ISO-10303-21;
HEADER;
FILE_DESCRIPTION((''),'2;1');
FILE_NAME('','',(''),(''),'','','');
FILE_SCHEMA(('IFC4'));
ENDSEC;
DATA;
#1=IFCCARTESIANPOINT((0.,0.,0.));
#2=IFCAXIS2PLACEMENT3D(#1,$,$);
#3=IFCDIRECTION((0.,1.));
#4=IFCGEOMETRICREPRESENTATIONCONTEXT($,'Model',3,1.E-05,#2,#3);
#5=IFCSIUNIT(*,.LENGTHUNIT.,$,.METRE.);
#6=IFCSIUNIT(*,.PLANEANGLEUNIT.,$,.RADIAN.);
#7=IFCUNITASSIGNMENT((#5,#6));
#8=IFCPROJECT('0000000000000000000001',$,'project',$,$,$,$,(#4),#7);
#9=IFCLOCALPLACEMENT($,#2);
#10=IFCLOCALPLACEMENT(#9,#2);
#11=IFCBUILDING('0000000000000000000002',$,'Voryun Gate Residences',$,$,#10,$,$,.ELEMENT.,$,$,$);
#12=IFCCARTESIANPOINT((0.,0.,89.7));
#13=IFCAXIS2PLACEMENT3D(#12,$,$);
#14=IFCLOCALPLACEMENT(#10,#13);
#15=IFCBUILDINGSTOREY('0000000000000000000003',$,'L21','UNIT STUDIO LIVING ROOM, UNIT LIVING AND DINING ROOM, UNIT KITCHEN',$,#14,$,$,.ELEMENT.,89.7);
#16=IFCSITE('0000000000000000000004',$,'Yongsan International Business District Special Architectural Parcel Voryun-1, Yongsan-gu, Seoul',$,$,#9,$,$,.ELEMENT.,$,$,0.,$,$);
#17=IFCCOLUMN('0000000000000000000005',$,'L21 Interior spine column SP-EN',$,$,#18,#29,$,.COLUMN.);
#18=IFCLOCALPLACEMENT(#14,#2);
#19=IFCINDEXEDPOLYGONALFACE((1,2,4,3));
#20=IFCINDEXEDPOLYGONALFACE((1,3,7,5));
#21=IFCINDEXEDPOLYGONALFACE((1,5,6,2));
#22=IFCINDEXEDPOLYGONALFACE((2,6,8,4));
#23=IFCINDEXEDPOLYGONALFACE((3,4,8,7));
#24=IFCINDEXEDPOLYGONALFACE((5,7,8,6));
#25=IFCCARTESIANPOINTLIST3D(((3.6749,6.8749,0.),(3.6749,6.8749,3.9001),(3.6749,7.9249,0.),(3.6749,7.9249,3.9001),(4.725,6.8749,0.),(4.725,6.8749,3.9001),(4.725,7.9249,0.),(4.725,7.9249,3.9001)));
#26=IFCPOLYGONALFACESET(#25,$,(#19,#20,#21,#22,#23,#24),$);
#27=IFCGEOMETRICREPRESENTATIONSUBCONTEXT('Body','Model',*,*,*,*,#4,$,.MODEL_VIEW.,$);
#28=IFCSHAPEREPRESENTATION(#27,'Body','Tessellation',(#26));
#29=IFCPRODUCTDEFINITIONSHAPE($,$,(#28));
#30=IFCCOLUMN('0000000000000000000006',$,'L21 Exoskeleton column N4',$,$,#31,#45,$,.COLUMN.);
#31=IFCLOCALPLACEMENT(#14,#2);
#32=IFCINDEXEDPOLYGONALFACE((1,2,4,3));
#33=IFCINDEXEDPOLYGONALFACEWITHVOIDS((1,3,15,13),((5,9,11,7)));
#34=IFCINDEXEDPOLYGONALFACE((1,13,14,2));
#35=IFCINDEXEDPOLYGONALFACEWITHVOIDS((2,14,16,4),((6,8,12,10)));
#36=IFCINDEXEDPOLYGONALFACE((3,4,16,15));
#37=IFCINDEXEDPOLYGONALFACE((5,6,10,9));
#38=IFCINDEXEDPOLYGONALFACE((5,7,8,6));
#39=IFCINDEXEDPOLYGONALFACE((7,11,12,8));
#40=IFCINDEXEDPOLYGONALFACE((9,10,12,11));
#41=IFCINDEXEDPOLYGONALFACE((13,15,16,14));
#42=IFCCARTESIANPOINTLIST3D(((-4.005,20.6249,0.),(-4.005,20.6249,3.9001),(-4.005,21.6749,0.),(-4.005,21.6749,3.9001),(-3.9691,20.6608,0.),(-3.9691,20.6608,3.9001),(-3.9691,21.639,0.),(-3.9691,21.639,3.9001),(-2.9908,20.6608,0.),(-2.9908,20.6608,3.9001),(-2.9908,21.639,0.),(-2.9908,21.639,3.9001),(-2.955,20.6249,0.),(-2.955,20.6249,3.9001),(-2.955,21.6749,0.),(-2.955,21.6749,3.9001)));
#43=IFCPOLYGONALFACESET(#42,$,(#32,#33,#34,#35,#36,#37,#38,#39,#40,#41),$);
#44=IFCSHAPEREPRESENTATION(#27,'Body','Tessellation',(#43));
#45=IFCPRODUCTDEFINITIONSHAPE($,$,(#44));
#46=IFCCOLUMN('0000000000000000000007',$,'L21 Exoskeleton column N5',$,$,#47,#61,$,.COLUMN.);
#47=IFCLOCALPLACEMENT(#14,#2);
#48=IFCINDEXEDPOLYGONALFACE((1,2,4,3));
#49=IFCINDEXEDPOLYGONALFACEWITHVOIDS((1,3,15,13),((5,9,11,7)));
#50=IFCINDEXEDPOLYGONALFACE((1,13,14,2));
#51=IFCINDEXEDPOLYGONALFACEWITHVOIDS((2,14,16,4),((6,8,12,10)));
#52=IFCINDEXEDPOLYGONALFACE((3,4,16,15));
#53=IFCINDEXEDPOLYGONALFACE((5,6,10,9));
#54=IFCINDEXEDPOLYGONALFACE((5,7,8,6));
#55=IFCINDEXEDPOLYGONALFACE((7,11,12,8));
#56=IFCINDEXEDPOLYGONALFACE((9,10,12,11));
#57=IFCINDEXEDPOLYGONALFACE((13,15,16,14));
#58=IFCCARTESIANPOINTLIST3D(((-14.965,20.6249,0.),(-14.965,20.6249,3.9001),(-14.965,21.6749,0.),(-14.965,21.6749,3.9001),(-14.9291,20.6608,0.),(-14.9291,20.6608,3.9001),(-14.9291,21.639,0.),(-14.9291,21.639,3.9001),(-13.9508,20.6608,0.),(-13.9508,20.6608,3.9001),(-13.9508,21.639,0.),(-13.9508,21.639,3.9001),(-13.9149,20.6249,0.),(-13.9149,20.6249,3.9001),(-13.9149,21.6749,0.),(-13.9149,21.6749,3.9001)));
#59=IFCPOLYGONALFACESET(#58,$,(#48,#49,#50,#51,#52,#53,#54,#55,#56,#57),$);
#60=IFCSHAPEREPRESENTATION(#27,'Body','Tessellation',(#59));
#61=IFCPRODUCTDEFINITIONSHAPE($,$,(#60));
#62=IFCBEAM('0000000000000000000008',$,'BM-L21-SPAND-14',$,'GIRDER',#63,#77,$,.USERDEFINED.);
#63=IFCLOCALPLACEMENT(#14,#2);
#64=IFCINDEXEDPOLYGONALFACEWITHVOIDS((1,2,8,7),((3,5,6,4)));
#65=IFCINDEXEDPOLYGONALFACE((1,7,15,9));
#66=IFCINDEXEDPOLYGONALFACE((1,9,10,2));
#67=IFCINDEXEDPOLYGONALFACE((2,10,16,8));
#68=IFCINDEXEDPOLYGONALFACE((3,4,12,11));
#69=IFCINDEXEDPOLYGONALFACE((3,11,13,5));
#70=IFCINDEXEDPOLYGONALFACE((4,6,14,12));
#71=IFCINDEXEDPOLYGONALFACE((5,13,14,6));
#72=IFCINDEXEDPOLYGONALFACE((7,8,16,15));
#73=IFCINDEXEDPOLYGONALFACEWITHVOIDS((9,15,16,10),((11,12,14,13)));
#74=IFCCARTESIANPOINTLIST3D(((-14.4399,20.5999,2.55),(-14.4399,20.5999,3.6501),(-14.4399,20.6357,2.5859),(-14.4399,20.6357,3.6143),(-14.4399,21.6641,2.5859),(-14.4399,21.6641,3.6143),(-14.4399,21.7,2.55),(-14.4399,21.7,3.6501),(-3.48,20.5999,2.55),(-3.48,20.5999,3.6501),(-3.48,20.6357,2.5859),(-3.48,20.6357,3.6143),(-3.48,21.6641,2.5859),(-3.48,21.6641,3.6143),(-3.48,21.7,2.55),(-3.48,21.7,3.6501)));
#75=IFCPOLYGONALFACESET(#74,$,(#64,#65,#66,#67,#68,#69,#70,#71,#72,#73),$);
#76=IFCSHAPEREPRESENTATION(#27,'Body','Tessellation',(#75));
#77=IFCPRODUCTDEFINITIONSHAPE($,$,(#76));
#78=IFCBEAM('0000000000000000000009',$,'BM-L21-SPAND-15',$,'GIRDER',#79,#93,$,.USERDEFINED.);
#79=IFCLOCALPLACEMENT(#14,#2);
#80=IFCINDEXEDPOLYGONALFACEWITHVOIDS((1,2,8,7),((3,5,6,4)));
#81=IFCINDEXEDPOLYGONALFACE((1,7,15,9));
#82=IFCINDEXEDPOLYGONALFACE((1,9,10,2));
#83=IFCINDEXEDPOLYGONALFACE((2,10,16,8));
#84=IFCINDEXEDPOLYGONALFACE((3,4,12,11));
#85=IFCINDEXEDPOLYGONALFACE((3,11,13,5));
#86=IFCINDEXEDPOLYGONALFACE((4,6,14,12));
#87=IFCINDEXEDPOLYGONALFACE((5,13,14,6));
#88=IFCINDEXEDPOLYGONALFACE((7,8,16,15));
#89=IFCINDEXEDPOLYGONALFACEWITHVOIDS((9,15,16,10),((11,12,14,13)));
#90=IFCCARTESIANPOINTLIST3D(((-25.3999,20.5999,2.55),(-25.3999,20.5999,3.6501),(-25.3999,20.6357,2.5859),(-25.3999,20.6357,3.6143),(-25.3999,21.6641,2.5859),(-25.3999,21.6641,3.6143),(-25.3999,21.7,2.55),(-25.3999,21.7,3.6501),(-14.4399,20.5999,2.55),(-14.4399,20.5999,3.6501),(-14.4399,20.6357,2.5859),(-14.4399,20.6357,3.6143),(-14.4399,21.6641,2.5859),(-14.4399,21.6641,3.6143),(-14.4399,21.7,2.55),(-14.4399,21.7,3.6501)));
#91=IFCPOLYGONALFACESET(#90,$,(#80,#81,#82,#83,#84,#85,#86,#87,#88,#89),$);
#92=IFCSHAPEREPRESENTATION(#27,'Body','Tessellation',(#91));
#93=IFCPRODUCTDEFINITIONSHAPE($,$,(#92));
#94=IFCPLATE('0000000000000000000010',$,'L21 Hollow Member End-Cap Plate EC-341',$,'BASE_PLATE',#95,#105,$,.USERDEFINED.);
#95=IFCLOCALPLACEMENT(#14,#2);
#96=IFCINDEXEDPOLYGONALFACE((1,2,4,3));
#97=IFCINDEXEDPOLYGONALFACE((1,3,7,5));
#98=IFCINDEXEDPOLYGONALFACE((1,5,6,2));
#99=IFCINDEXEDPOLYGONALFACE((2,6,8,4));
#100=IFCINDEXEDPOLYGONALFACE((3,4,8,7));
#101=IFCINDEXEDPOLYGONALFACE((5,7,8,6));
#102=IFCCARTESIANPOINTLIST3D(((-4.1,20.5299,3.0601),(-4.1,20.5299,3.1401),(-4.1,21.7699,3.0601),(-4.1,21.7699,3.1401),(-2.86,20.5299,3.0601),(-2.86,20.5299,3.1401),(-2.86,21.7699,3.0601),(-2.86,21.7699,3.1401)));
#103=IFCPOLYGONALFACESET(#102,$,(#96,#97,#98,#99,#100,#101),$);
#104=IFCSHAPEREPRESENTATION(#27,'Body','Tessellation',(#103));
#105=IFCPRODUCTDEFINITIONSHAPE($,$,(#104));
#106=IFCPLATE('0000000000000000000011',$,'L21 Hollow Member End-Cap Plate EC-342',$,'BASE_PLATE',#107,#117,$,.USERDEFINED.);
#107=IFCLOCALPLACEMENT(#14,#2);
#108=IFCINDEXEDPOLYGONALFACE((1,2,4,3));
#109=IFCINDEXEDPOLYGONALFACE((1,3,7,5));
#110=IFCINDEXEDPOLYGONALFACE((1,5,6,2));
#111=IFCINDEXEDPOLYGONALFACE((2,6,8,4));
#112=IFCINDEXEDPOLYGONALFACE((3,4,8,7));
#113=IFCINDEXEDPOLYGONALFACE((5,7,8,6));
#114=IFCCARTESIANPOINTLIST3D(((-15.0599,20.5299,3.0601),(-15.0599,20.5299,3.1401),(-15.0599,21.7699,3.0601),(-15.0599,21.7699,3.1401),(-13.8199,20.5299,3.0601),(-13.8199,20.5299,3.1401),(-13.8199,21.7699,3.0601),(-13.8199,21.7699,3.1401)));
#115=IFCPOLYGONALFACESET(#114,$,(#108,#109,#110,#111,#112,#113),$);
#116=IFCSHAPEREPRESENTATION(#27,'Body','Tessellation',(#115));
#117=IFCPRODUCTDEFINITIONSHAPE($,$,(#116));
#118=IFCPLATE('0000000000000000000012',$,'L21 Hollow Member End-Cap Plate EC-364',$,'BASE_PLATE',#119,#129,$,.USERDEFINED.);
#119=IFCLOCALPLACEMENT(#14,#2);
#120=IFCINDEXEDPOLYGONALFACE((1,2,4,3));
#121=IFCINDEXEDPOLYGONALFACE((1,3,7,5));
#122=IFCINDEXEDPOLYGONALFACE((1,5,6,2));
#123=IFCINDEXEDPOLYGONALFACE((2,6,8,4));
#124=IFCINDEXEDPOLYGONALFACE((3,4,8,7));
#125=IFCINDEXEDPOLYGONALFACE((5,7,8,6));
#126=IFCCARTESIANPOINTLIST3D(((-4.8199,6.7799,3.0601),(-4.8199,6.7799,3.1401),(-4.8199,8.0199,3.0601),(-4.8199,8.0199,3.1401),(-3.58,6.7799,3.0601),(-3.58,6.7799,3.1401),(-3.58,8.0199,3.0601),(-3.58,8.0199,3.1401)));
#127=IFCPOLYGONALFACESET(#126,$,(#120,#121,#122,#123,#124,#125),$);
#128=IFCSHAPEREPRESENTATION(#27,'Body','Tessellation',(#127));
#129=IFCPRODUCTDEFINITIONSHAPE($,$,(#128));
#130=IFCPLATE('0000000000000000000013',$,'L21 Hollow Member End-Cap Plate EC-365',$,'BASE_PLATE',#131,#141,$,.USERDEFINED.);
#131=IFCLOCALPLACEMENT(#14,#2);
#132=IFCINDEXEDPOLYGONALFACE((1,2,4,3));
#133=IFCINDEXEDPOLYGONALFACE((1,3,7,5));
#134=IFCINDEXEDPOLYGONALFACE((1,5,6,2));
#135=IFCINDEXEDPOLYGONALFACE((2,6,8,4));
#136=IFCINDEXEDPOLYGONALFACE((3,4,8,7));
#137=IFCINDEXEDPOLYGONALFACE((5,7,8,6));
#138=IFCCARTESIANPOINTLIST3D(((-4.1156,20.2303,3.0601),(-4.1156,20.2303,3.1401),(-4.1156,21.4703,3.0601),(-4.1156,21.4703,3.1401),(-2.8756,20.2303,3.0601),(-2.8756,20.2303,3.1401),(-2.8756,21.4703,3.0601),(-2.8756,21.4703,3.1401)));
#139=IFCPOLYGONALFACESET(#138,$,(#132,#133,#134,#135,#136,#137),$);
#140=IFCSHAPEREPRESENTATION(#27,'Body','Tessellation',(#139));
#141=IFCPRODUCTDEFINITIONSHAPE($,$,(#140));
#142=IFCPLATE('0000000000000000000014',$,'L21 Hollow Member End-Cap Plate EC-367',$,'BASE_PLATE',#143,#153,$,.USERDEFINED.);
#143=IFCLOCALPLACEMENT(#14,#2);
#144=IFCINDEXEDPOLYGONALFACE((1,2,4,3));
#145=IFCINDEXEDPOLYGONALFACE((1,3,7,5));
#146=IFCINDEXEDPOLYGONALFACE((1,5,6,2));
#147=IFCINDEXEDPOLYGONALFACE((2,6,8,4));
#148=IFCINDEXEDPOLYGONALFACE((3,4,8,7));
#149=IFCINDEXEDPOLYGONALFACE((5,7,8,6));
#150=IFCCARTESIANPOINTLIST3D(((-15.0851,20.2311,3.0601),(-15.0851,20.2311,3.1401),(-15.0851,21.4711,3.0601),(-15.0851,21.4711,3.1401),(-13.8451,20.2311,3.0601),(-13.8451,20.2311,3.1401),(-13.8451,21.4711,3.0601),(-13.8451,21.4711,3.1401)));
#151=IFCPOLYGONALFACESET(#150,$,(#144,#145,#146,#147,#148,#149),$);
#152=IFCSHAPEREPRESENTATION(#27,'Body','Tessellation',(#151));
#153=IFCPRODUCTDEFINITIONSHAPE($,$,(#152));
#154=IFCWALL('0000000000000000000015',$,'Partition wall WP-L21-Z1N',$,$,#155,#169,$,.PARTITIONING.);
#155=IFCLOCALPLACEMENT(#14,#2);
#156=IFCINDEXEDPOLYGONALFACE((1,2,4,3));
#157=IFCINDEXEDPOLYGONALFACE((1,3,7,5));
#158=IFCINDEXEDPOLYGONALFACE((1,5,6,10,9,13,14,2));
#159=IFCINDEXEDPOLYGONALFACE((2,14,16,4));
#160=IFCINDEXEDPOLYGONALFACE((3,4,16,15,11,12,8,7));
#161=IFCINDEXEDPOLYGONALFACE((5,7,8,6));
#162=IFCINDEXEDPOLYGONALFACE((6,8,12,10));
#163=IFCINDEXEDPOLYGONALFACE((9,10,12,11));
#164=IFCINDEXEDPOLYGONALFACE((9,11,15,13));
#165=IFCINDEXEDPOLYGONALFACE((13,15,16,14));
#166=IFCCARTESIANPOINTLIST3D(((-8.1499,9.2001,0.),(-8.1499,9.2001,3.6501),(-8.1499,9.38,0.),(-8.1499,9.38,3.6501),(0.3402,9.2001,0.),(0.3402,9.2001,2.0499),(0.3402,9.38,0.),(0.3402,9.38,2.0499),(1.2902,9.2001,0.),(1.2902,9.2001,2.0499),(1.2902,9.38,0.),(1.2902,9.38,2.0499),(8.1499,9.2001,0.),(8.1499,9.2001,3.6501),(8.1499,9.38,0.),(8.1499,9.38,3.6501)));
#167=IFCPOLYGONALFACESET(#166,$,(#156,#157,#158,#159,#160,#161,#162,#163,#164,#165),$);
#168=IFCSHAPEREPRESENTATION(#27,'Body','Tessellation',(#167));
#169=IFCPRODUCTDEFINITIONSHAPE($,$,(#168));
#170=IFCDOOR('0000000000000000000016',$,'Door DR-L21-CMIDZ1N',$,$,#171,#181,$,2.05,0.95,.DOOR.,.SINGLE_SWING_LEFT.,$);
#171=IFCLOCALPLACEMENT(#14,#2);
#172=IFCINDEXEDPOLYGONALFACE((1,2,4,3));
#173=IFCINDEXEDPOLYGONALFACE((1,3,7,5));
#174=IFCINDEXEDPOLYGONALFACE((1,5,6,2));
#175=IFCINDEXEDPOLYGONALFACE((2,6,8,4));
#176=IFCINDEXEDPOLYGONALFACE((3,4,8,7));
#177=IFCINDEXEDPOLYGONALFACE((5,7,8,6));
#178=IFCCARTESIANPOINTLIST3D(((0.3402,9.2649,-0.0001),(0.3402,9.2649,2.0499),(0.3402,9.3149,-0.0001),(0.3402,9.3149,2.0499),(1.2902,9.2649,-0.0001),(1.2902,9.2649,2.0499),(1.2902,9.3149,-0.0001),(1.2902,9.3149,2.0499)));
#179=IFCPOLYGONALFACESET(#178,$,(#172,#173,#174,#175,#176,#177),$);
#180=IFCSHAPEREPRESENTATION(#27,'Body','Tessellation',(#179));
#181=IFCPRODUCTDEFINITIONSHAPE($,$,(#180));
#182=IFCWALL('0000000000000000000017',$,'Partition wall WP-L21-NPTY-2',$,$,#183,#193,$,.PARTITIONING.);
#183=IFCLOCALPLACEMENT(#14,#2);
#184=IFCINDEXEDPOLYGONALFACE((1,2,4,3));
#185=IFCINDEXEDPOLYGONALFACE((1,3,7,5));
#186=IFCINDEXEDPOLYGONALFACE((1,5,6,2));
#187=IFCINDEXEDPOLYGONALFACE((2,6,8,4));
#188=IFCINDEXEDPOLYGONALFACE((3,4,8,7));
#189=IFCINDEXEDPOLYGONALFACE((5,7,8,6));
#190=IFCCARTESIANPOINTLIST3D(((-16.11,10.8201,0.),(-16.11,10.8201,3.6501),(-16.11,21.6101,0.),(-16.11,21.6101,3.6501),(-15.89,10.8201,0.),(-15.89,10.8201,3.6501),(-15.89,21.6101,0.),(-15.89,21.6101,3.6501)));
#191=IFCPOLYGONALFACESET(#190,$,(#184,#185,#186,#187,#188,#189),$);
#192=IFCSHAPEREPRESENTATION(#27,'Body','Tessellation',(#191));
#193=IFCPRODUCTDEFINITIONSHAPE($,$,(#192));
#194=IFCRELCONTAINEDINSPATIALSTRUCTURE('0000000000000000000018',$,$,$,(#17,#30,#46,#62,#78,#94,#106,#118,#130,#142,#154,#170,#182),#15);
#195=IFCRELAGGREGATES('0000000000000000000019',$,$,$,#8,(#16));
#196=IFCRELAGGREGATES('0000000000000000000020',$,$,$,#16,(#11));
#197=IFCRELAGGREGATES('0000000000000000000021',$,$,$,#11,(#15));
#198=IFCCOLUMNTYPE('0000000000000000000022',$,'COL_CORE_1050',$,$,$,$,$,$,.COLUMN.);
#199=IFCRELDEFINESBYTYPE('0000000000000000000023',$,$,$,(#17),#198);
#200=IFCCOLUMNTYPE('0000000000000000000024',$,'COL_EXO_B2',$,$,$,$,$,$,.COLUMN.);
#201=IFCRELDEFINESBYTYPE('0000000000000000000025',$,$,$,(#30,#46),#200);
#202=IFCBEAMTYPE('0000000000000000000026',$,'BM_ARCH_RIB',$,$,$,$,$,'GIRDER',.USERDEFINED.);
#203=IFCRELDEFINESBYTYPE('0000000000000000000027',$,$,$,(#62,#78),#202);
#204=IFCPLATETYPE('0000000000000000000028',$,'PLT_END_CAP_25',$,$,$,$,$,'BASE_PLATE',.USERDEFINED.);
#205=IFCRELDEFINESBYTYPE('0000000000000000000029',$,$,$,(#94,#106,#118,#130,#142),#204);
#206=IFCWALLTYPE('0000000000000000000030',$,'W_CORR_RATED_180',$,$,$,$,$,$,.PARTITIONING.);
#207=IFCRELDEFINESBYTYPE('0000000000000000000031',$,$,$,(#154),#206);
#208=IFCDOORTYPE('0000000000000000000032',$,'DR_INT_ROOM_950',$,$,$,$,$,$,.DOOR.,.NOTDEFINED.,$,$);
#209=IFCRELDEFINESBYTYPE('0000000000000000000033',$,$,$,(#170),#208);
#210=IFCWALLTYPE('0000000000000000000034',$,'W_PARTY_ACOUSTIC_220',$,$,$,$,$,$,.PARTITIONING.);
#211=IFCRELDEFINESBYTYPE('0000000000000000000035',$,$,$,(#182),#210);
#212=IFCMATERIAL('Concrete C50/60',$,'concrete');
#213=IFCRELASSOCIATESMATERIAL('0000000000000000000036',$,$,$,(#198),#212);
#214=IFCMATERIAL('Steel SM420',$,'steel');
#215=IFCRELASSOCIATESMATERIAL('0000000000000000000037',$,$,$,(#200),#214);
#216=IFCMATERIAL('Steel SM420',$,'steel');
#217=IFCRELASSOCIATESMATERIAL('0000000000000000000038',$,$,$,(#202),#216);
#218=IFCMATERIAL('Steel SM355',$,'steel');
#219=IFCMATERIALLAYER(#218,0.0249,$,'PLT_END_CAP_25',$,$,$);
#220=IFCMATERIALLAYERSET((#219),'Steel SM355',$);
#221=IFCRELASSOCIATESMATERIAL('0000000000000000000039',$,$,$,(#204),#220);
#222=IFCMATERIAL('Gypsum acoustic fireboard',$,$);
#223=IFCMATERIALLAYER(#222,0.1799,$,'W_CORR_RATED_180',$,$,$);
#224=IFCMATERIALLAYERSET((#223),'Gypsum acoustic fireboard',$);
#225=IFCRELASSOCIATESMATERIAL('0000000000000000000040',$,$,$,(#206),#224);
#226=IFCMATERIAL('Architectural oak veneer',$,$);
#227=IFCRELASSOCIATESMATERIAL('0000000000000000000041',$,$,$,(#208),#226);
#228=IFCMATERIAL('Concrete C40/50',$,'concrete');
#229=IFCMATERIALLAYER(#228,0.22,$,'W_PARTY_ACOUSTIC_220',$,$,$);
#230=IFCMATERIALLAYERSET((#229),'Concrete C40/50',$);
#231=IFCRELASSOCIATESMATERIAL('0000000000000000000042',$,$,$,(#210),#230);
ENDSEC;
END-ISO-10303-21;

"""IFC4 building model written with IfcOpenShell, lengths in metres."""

from ifc_helpers import new_model, si_unit, direction, frame, frame_2d, origin, origin_2d, place, context, subcontext, project, spatial, rectangle, hollow_rectangle, extrude, material, layer, layer_set, material_profile, profile_set, type_object, element, fill, save


model = new_model("IFC4")

# Units and contexts
model_context = context("Model", 3, precision=1e-05, world=origin(), true_north=direction((0.0, 1.0)))
body_context = subcontext(model_context, "Body", "Model", "MODEL_VIEW")
ifc_project = project(units=[si_unit("LENGTHUNIT", "METRE"), si_unit("PLANEANGLEUNIT", "RADIAN")], contexts=[model_context])

# Site, building, storey
site_placement = place(None, origin())
site = spatial("IfcSite", under=ifc_project, at=site_placement, Name="Yongsan International Business District Special Architectural Parcel Voryun-1, Yongsan-gu, Seoul", CompositionType="ELEMENT", RefElevation=0.0)
building_placement = place(site_placement, origin())
building = spatial("IfcBuilding", under=site, at=building_placement, Name="Voryun Gate Residences", CompositionType="ELEMENT")
storey_placement = place(building_placement, frame((0.0, 0.0, 89.7)))
storey = spatial("IfcBuildingStorey", under=building, at=storey_placement, Name="L21", Description="UNIT STUDIO LIVING ROOM, UNIT LIVING AND DINING ROOM, UNIT KITCHEN", CompositionType="ELEMENT", Elevation=89.7)

# Columns
ifc_material_1 = material(Name="Concrete C50/60", Category="concrete")
ifc_material_profile_1 = material_profile(ifc_material_1, rectangle(XDim=1.05, YDim=1.05, at=origin_2d()), Name="RC-1050x1050")
ifc_profile_set_1 = profile_set([ifc_material_profile_1], Name="Concrete C50/60")
column_type_1 = type_object("IfcColumnType", Name="COL_CORE_1050", PredefinedType="COLUMN", material=ifc_profile_set_1)
column_placement = place(storey_placement, frame((4.2, 7.3999, 0.0), z_axis=(0.0, 0.0, 1.0), x_axis=(1.0, 0.0, 0.0)))
element("IfcColumn", 1, at=column_placement, inside=storey, type_object=column_type_1, Name="L21 Interior spine column SP-EN", PredefinedType="COLUMN", context=body_context, shape_type="SweptSolid", body=[
    extrude(rectangle(XDim=1.05, YDim=1.05, at=origin_2d()), origin(), (0.0, 0.0, 1.0), 3.9001),
])
ifc_material_2 = material(Name="Steel SM420", Category="steel")
ifc_material_profile_2 = material_profile(ifc_material_2, hollow_rectangle(XDim=1.05, YDim=1.05, WallThickness=0.0359, at=origin_2d()), Name="BOX-1050x1050x36")
ifc_profile_set_2 = profile_set([ifc_material_profile_2], Name="Steel SM420")
column_type_2 = type_object("IfcColumnType", Name="COL_EXO_B2", PredefinedType="COLUMN", material=ifc_profile_set_2)
for number, where, z_axis, x_axis, name in (
    (2, (-3.48, 21.1499, 0.0), (0.0, 0.0, 1.0), (1.0, 0.0, 0.0), "L21 Exoskeleton column N4"),
    (3, (-14.4399, 21.1499, 0.0), (0.0, 0.0, 1.0), (1.0, 0.0, 0.0), "L21 Exoskeleton column N5"),
):
    element("IfcColumn", number, at=place(storey_placement, frame(where, z_axis=z_axis, x_axis=x_axis)), inside=storey, type_object=column_type_2, Name=name, PredefinedType="COLUMN", context=body_context, shape_type="SweptSolid", body=[
        extrude(hollow_rectangle(XDim=1.05, YDim=1.05, WallThickness=0.0359, at=origin_2d()), origin(), (0.0, 0.0, 1.0), 3.9001),
    ])

# Beams
ifc_material_3 = material(Name="Steel SM420", Category="steel")
ifc_material_profile_3 = material_profile(ifc_material_3, hollow_rectangle(XDim=1.1001, YDim=1.1001, WallThickness=0.0359, at=origin_2d()), Name="BOX-1100x1100x36")
ifc_profile_set_3 = profile_set([ifc_material_profile_3], Name="Steel SM420")
beam_type = type_object("IfcBeamType", Name="BM_ARCH_RIB", ElementType="GIRDER", PredefinedType="USERDEFINED", material=ifc_profile_set_3)
for number, where, z_axis, x_axis, name in (
    (4, (-3.48, 21.1499, 3.1001), (-1.0, 0.0, 0.0), (0.0, -1.0, 0.0), "BM-L21-SPAND-14"),
    (5, (-14.4399, 21.1499, 3.1001), (-1.0, 0.0, 0.0), (0.0, -1.0, 0.0), "BM-L21-SPAND-15"),
):
    element("IfcBeam", number, at=place(storey_placement, frame(where, z_axis=z_axis, x_axis=x_axis)), inside=storey, type_object=beam_type, Name=name, ObjectType="GIRDER", PredefinedType="USERDEFINED", context=body_context, shape_type="SweptSolid", body=[
        extrude(hollow_rectangle(XDim=1.1001, YDim=1.1001, WallThickness=0.0359, at=origin_2d()), origin(), (0.0, 0.0, 1.0), 10.96),
    ])

# Plates
ifc_material_4 = material(Name="Steel SM355", Category="steel")
ifc_layer_1 = layer(ifc_material_4, 0.0249, Name="PLT_END_CAP_25")
ifc_layer_set_1 = layer_set([ifc_layer_1], Name="Steel SM355")
plate_type = type_object("IfcPlateType", Name="PLT_END_CAP_25", ElementType="BASE_PLATE", PredefinedType="USERDEFINED", material=ifc_layer_set_1)
for number, where, z_axis, x_axis, name in (
    (6, (-3.48, 21.1499, 3.0601), (0.0, 0.0, 1.0), (1.0, 0.0, 0.0), "L21 Hollow Member End-Cap Plate EC-341"),
    (7, (-14.4399, 21.1499, 3.0601), (0.0, 0.0, 1.0), (1.0, 0.0, 0.0), "L21 Hollow Member End-Cap Plate EC-342"),
    (8, (-4.2, 7.3999, 3.0601), (0.0, 0.0, 1.0), (1.0, 0.0, 0.0), "L21 Hollow Member End-Cap Plate EC-364"),
    (9, (-3.4956, 20.8503, 3.0601), (0.0, 0.0, 1.0), (1.0, 0.0, 0.0), "L21 Hollow Member End-Cap Plate EC-365"),
    (10, (-14.4651, 20.8511, 3.0601), (0.0, 0.0, 1.0), (1.0, 0.0, 0.0), "L21 Hollow Member End-Cap Plate EC-367"),
):
    element("IfcPlate", number, at=place(storey_placement, frame(where, z_axis=z_axis, x_axis=x_axis)), inside=storey, type_object=plate_type, Name=name, ObjectType="BASE_PLATE", PredefinedType="USERDEFINED", context=body_context, shape_type="SweptSolid", body=[
        extrude(rectangle(XDim=1.24, YDim=1.24, at=origin_2d()), origin(), (0.0, 0.0, 1.0), 0.0801),
    ])

# Wall, opening, door
ifc_material_5 = material(Name="Gypsum acoustic fireboard")
ifc_layer_2 = layer(ifc_material_5, 0.1799, Name="W_CORR_RATED_180")
ifc_layer_set_2 = layer_set([ifc_layer_2], Name="Gypsum acoustic fireboard")
wall_type_1 = type_object("IfcWallType", Name="W_CORR_RATED_180", PredefinedType="PARTITIONING", material=ifc_layer_set_2)
wall_1_placement = place(storey_placement, frame((-8.1499, 9.29, 0.0), z_axis=(0.0, 0.0, 1.0), x_axis=(1.0, 0.0, 0.0)))
wall_1 = element("IfcWall", 11, at=wall_1_placement, inside=storey, type_object=wall_type_1, Name="Partition wall WP-L21-Z1N", PredefinedType="PARTITIONING", context=body_context, shape_type="SweptSolid", body=[
    extrude(rectangle(XDim=16.2998, YDim=0.1799, at=frame_2d((8.1499, 0.0))), origin(), (0.0, 0.0, 1.0), 3.6501),
])
opening_1_placement = place(wall_1_placement, frame((8.49, 0.0, 0.0)))
opening_1 = element("IfcOpeningElement", 12, at=opening_1_placement, cuts=wall_1, PredefinedType="OPENING", context=body_context, shape_type="SweptSolid", body=[
    extrude(rectangle(XDim=0.95, YDim=2.05, at=frame_2d((0.4751, 1.0249))), frame((0.0, 0.0999, 0.0), z_axis=(0.0, -1.0, 0.0), x_axis=(1.0, 0.0, 0.0)), (0.0, 0.0, 1.0), 0.2),
])
ifc_material_6 = material(Name="Architectural oak veneer")
door_type_1 = type_object("IfcDoorType", Name="DR_INT_ROOM_950", OperationType="NOTDEFINED", PredefinedType="DOOR", material=ifc_material_6)
door_1_placement = place(opening_1_placement, origin())
door_1 = element("IfcDoor", 13, at=door_1_placement, inside=storey, type_object=door_type_1, Name="Door DR-L21-CMIDZ1N", OperationType="SINGLE_SWING_LEFT", OverallHeight=2.05, OverallWidth=0.95, PredefinedType="DOOR", context=body_context, shape_type="SweptSolid", body=[
    extrude(rectangle(XDim=0.95, YDim=2.05, at=frame_2d((0.4751, 1.0249))), frame((0.0, 0.0249, 0.0), z_axis=(0.0, -1.0, 0.0), x_axis=(1.0, 0.0, 0.0)), (0.0, 0.0, 1.0), 0.05),
])
fill(opening_1, door_1)

# Wall
ifc_material_7 = material(Name="Concrete C40/50", Category="concrete")
ifc_layer_3 = layer(ifc_material_7, 0.22, Name="W_PARTY_ACOUSTIC_220")
ifc_layer_set_3 = layer_set([ifc_layer_3], Name="Concrete C40/50")
wall_type_2 = type_object("IfcWallType", Name="W_PARTY_ACOUSTIC_220", PredefinedType="PARTITIONING", material=ifc_layer_set_3)
for number, where, z_axis, x_axis, name in (
    (14, (-16.0, 10.8201, 0.0), (0.0, 0.0, 1.0), (0.0, 1.0, 0.0), "Partition wall WP-L21-NPTY-2"),
):
    element("IfcWall", number, at=place(storey_placement, frame(where, z_axis=z_axis, x_axis=x_axis)), inside=storey, type_object=wall_type_2, Name=name, PredefinedType="PARTITIONING", context=body_context, shape_type="SweptSolid", body=[
        extrude(rectangle(XDim=10.79, YDim=0.22, at=frame_2d((5.395, 0.0))), origin(), (0.0, 0.0, 1.0), 3.6501),
    ])

save(model, "model.ifc")
